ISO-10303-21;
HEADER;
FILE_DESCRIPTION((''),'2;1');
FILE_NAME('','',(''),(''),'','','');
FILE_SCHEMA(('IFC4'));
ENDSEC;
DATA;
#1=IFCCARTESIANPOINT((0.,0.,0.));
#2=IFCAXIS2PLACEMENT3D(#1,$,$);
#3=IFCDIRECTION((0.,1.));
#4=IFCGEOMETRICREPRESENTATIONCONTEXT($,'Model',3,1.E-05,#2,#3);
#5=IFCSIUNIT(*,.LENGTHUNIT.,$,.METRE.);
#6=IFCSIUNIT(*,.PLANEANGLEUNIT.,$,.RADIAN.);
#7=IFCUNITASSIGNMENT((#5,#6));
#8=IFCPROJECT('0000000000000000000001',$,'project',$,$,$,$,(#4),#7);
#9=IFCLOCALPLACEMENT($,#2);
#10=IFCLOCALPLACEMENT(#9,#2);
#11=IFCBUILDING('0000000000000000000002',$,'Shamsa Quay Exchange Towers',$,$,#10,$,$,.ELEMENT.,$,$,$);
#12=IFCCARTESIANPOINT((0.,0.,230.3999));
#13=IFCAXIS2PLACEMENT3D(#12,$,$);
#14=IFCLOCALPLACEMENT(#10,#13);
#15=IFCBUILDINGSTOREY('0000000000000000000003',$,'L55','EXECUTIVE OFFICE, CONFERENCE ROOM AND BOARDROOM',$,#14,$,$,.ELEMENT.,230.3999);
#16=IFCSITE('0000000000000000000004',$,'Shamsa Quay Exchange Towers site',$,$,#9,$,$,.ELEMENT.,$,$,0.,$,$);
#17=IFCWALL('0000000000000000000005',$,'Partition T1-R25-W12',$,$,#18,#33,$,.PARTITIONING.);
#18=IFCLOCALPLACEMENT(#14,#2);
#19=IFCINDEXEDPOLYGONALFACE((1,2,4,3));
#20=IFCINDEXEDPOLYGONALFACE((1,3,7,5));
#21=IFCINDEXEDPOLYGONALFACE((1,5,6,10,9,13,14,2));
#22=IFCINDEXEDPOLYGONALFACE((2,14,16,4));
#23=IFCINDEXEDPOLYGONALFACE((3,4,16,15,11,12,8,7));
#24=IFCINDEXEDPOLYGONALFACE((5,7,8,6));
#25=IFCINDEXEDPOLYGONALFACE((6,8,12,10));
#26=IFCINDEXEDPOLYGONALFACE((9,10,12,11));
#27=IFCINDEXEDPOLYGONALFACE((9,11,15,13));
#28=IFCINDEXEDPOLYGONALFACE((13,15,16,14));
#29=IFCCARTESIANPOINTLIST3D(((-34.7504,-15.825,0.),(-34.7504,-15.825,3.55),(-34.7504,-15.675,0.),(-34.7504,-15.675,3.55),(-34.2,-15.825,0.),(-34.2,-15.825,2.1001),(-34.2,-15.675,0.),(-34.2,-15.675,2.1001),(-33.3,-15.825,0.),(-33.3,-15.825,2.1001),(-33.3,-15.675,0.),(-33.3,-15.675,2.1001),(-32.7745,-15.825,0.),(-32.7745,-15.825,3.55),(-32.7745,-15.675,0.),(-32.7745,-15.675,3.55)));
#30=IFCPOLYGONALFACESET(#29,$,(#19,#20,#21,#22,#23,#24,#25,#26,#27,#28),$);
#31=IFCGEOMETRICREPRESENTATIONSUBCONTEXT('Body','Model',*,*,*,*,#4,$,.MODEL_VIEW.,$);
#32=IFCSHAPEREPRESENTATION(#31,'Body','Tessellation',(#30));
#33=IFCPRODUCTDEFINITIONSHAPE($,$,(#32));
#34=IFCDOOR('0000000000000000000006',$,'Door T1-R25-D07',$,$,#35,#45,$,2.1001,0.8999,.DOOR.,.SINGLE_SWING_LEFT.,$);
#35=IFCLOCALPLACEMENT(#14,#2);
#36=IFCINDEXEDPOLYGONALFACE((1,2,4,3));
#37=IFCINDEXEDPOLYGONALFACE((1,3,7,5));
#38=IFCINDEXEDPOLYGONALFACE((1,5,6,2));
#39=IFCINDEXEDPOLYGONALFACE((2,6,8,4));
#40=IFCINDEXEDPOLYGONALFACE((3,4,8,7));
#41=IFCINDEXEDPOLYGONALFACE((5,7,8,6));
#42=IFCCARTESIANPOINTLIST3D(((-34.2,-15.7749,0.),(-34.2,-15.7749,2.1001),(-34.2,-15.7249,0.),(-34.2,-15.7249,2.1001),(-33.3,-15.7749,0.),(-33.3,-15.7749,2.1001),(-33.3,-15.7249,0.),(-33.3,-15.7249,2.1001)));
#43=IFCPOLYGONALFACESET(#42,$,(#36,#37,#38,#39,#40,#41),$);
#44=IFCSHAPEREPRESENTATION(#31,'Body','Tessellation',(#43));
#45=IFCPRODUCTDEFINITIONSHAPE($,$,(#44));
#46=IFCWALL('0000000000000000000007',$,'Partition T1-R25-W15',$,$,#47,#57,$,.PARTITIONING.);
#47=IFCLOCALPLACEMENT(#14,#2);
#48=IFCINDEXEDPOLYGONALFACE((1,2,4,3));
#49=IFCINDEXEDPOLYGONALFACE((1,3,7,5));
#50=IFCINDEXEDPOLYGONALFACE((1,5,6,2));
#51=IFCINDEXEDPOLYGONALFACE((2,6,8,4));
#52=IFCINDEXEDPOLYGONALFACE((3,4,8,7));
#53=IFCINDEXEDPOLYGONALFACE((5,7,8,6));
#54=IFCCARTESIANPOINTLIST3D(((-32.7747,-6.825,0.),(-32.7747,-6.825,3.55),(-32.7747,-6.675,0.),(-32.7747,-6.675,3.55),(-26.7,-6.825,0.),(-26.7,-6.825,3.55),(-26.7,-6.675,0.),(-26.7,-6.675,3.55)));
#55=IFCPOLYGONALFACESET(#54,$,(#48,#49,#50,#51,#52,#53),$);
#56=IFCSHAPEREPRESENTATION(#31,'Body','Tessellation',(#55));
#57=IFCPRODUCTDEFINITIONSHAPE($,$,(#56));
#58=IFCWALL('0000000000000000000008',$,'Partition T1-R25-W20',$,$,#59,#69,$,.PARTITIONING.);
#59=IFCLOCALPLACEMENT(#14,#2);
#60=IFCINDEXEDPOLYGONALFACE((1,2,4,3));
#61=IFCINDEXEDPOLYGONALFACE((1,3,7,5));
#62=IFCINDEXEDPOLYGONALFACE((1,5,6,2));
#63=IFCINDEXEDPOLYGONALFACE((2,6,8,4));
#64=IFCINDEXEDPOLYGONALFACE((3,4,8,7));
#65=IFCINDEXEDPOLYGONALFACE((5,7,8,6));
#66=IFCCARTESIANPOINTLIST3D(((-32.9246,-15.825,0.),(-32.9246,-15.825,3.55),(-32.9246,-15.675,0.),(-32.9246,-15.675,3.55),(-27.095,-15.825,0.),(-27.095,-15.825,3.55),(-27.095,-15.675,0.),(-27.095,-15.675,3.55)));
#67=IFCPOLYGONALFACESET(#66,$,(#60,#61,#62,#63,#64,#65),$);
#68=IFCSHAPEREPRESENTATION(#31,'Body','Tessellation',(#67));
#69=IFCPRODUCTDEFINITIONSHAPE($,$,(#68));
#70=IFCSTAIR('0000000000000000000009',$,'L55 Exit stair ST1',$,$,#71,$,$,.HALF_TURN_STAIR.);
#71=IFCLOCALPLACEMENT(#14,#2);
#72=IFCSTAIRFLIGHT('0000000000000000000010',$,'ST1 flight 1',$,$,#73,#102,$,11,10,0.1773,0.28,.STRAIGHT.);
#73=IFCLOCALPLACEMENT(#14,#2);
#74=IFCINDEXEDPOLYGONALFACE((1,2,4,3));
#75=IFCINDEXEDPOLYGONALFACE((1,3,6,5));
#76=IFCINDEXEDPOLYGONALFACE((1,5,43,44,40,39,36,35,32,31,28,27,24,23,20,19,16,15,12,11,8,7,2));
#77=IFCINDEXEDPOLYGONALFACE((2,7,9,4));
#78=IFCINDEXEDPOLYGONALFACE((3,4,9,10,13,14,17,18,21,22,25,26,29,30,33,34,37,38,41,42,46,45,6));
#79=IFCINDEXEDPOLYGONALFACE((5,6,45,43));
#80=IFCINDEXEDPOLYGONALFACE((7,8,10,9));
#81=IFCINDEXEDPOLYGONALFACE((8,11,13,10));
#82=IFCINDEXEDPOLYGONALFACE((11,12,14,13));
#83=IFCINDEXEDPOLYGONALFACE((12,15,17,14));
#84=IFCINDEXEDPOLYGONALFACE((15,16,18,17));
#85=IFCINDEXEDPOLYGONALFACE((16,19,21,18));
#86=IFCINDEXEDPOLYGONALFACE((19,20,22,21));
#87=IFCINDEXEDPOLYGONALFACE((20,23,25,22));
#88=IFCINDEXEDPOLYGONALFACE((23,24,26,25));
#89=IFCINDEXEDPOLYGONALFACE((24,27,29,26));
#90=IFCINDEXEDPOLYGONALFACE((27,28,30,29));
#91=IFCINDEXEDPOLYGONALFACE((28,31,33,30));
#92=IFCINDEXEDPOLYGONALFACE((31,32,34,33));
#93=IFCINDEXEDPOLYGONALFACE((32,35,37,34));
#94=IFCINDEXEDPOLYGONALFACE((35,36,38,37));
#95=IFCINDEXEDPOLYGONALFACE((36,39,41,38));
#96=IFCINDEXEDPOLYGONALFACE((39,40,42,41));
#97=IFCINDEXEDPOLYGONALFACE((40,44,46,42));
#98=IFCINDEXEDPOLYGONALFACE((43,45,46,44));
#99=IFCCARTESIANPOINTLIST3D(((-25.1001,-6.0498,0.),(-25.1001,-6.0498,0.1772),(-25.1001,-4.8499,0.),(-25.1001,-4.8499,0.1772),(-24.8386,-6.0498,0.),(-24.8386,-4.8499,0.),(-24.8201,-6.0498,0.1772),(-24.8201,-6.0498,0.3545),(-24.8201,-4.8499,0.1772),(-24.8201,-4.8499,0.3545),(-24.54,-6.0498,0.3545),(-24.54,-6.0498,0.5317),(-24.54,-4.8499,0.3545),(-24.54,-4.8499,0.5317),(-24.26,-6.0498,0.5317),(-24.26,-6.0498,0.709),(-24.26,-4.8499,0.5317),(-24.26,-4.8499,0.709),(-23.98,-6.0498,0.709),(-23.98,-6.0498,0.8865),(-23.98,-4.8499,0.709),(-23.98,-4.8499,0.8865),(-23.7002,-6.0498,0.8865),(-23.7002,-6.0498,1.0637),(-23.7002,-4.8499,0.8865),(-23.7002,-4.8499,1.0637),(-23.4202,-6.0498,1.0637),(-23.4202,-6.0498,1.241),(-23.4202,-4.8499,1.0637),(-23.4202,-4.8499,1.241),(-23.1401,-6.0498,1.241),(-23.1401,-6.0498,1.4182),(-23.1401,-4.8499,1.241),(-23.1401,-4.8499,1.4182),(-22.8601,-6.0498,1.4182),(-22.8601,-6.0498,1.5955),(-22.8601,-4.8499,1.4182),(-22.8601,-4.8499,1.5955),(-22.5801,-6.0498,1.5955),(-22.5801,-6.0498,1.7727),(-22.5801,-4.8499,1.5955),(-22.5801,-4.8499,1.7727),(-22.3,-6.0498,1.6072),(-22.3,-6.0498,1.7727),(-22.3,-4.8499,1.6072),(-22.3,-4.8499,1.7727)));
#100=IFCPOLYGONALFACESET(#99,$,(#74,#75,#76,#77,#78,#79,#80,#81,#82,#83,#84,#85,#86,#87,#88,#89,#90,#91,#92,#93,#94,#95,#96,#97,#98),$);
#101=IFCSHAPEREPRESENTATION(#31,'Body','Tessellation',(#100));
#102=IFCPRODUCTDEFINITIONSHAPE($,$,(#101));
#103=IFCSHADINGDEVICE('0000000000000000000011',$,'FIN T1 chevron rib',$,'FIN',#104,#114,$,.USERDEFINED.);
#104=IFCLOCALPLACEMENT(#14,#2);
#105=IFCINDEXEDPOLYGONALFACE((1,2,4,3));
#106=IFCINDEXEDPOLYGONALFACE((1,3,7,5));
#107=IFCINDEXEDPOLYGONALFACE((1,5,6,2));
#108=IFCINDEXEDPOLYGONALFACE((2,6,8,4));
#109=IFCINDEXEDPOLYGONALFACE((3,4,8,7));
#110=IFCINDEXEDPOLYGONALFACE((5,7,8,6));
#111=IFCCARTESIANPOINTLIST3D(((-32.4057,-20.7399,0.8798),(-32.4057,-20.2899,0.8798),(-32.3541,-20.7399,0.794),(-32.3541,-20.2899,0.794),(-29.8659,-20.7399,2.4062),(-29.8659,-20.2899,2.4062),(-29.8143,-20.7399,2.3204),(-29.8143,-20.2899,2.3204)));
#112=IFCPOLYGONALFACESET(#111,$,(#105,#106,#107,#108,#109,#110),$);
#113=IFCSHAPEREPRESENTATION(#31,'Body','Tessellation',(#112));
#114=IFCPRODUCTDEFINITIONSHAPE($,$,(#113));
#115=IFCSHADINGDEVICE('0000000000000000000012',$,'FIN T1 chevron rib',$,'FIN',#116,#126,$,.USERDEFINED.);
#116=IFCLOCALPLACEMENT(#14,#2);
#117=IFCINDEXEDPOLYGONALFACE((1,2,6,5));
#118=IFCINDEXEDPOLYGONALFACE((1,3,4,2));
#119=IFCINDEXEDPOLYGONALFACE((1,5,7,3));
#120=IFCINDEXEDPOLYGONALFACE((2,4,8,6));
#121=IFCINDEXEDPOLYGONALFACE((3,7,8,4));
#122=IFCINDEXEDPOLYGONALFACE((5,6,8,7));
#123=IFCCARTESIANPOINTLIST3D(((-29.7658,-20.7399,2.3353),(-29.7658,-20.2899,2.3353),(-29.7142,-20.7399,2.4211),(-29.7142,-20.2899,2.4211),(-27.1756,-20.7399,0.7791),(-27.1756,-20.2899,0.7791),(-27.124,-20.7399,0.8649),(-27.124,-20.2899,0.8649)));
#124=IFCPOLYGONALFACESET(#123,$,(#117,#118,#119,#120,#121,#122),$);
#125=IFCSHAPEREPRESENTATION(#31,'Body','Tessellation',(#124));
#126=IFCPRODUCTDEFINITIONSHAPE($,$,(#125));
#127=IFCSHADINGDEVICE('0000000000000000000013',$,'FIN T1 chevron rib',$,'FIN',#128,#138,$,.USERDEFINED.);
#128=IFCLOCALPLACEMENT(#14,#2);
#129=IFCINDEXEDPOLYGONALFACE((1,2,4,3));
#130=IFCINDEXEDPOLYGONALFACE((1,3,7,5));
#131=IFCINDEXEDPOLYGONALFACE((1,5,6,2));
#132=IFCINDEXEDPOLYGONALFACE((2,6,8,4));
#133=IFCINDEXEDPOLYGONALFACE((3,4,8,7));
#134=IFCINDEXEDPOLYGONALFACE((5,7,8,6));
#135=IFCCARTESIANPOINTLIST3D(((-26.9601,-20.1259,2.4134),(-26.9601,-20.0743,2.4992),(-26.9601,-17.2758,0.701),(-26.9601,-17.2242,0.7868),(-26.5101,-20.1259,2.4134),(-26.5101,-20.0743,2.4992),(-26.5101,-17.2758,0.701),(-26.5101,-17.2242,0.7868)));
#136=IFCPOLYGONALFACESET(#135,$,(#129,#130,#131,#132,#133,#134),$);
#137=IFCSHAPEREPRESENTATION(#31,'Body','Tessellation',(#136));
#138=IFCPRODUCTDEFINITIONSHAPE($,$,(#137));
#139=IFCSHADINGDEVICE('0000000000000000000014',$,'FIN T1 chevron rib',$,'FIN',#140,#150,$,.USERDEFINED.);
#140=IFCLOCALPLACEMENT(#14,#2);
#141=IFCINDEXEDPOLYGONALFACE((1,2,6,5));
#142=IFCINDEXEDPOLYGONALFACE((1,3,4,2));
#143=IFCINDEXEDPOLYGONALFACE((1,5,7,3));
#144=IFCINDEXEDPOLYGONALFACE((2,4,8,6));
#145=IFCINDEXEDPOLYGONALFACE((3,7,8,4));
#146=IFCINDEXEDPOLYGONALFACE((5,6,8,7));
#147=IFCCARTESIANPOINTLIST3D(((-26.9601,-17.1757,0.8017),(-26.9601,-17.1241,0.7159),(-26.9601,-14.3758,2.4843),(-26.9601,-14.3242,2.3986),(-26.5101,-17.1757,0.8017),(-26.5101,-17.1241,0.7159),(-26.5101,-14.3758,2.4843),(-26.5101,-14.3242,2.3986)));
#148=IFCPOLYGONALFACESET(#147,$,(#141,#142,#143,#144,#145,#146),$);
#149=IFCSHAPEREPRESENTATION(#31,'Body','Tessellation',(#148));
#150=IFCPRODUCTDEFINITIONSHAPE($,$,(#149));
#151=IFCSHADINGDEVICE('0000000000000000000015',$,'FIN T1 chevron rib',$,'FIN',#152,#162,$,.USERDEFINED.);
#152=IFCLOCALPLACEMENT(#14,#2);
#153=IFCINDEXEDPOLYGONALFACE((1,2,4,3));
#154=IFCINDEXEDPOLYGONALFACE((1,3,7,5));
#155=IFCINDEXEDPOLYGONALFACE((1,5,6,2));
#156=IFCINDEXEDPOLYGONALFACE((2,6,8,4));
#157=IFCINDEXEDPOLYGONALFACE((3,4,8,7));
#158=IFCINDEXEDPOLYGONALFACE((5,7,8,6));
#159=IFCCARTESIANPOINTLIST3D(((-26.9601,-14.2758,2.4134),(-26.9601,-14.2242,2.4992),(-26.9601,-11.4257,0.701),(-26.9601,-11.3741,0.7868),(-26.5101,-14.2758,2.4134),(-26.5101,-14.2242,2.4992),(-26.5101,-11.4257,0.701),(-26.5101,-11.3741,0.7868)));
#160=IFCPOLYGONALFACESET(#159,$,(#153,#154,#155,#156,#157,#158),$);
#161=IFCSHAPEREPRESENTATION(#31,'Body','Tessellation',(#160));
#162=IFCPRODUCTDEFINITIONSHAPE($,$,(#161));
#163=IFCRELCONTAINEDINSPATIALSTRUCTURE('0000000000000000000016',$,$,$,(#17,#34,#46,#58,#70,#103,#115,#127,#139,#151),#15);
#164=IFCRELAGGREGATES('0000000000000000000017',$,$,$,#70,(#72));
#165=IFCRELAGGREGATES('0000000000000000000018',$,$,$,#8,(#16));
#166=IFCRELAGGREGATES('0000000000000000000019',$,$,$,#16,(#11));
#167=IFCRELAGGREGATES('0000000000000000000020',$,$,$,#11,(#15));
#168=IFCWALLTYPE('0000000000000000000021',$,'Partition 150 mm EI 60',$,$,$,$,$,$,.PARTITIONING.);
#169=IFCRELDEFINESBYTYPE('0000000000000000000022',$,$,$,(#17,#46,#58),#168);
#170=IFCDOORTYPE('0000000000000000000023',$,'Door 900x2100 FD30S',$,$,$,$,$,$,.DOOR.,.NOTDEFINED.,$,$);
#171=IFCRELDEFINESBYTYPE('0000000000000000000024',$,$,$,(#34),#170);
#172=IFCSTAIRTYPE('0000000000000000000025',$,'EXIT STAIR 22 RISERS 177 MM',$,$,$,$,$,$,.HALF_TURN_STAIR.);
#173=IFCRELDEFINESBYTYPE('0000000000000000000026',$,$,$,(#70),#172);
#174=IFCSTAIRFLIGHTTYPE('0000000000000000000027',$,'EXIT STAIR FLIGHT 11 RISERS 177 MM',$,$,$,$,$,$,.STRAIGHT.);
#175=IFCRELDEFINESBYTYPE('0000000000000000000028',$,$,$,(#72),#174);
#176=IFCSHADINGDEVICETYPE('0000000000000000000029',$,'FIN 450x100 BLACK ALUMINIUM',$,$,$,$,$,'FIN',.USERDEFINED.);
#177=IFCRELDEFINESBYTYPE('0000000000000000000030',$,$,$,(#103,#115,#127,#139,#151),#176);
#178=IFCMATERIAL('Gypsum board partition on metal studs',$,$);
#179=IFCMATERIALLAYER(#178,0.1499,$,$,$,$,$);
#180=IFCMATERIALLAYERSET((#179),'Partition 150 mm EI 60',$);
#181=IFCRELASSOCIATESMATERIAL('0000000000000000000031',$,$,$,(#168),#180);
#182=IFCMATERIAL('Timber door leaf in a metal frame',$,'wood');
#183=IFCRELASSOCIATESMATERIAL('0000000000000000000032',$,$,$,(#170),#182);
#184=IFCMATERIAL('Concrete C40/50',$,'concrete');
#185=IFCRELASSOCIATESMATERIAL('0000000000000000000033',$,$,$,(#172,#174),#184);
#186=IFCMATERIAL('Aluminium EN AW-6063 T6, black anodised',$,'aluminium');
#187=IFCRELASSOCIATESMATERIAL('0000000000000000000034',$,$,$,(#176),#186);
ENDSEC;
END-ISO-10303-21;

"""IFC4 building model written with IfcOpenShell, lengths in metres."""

from ifc_helpers import new_model, si_unit, direction, frame, frame_2d, origin, origin_2d, place, context, subcontext, project, spatial, polyline, rectangle, outline, extrude, material, layer, layer_set, material_profile, profile_set, type_object, element, fill, aggregate, save


model = new_model("IFC4")

# Units and contexts
model_context = context("Model", 3, precision=1e-05, world=origin(), true_north=direction((0.0, 1.0)))
body_context = subcontext(model_context, "Body", "Model", "MODEL_VIEW")
ifc_project = project(units=[si_unit("LENGTHUNIT", "METRE"), si_unit("PLANEANGLEUNIT", "RADIAN")], contexts=[model_context])

# Site, building, storey
site_placement = place(None, origin())
site = spatial("IfcSite", under=ifc_project, at=site_placement, Name="Shamsa Quay Exchange Towers site", CompositionType="ELEMENT", RefElevation=0.0)
building_placement = place(site_placement, origin())
building = spatial("IfcBuilding", under=site, at=building_placement, Name="Shamsa Quay Exchange Towers", CompositionType="ELEMENT")
storey_placement = place(building_placement, frame((0.0, 0.0, 230.3999)))
storey = spatial("IfcBuildingStorey", under=building, at=storey_placement, Name="L55", Description="EXECUTIVE OFFICE, CONFERENCE ROOM AND BOARDROOM", CompositionType="ELEMENT", Elevation=230.3999)

# Shared definitions
ifc_material_1 = material(Name="Aluminium EN AW-6063 T6, black anodised", Category="aluminium")

# Shared definitions
ifc_material_2 = material(Name="Timber door leaf in a metal frame", Category="wood")

# Wall, opening, door
ifc_material_3 = material(Name="Gypsum board partition on metal studs")
ifc_layer_1 = layer(ifc_material_3, 0.1499)
ifc_layer_set_1 = layer_set([ifc_layer_1], Name="Partition 150 mm EI 60")
wall_type_1 = type_object("IfcWallType", Name="Partition 150 mm EI 60", PredefinedType="PARTITIONING", material=ifc_layer_set_1)
wall_1_placement = place(storey_placement, frame((-32.7747, -15.75, 0.0), z_axis=(0.0, 0.0, 1.0), x_axis=(-1.0, 0.0, 0.0)))
wall_1 = element("IfcWall", 1, at=wall_1_placement, inside=storey, type_object=wall_type_1, Name="Partition T1-R25-W12", PredefinedType="PARTITIONING", context=body_context, shape_type="SweptSolid", body=[
    extrude(rectangle(XDim=1.9758, YDim=0.1499, at=frame_2d((0.9878, 0.0))), origin(), (0.0, 0.0, 1.0), 3.55),
])
opening_1_placement = place(wall_1_placement, frame((0.5254, 0.0, 0.0)))
opening_1 = element("IfcOpeningElement", 2, at=opening_1_placement, cuts=wall_1, PredefinedType="OPENING", context=body_context, shape_type="SweptSolid", body=[
    extrude(rectangle(XDim=0.8999, YDim=2.1001, at=frame_2d((0.45, 1.05))), frame((0.0, 0.085, 0.0), z_axis=(0.0, -1.0, 0.0), x_axis=(1.0, 0.0, 0.0)), (0.0, 0.0, 1.0), 0.1699),
])
door_type_1 = type_object("IfcDoorType", Name="Door 900x2100 FD30S", OperationType="NOTDEFINED", PredefinedType="DOOR", material=ifc_material_2)
door_1_placement = place(opening_1_placement, origin())
door_1 = element("IfcDoor", 3, at=door_1_placement, inside=storey, type_object=door_type_1, Name="Door T1-R25-D07", OperationType="SINGLE_SWING_LEFT", OverallHeight=2.1001, OverallWidth=0.8999, PredefinedType="DOOR", context=body_context, shape_type="SweptSolid", body=[
    extrude(rectangle(XDim=0.8999, YDim=2.1001, at=frame_2d((0.45, 1.05))), frame((0.0, 0.0249, 0.0), z_axis=(0.0, -1.0, 0.0), x_axis=(1.0, 0.0, 0.0)), (0.0, 0.0, 1.0), 0.05),
])
fill(opening_1, door_1)

# Walls
wall_2_placement = place(storey_placement, frame((-32.7747, -6.75, 0.0)))
element("IfcWall", 4, at=wall_2_placement, inside=storey, type_object=wall_type_1, Name="Partition T1-R25-W15", PredefinedType="PARTITIONING", context=body_context, shape_type="SweptSolid", body=[
    extrude(rectangle(XDim=6.0747, YDim=0.1499, at=frame_2d((3.0374, 0.0))), origin(), (0.0, 0.0, 1.0), 3.55),
])
wall_3_placement = place(storey_placement, frame((-32.9246, -15.75, 0.0)))
element("IfcWall", 5, at=wall_3_placement, inside=storey, type_object=wall_type_1, Name="Partition T1-R25-W20", PredefinedType="PARTITIONING", context=body_context, shape_type="SweptSolid", body=[
    extrude(rectangle(XDim=5.8296, YDim=0.1499, at=frame_2d((2.9148, 0.0))), origin(), (0.0, 0.0, 1.0), 3.55),
])

# Stair, stair flight
ifc_material_4 = material(Name="Concrete C40/50", Category="concrete")
stair_type = type_object("IfcStairType", Name="EXIT STAIR 22 RISERS 177 MM", PredefinedType="HALF_TURN_STAIR", material=ifc_material_4)
stair_placement = place(storey_placement, origin())
stair = element("IfcStair", 6, at=stair_placement, inside=storey, type_object=stair_type, Name="L55 Exit stair ST1", PredefinedType="HALF_TURN_STAIR")
stair_flight_type = type_object("IfcStairFlightType", Name="EXIT STAIR FLIGHT 11 RISERS 177 MM", PredefinedType="STRAIGHT", material=ifc_material_4)
stair_flight_placement = place(storey_placement, frame((-25.1001, -5.45, 0.0)))
stair_flight = element("IfcStairFlight", 7, at=stair_flight_placement, type_object=stair_flight_type, Name="ST1 flight 1", NumberOfRisers=11, NumberOfTreads=10, PredefinedType="STRAIGHT", RiserHeight=0.1773, TreadLength=0.28, context=body_context, shape_type="SweptSolid", body=[
    extrude(outline(polyline([(0.0, 0.0), (0.0, 0.1772), (0.28, 0.1772), (0.28, 0.3545), (0.5601, 0.3545), (0.5601, 0.5317), (0.8401, 0.5317), (0.8401, 0.709), (1.1201, 0.709), (1.1201, 0.8865), (1.3999, 0.8865), (1.3999, 1.0637), (1.6799, 1.0637), (1.6799, 1.241), (1.96, 1.241), (1.96, 1.4182), (2.24, 1.4182), (2.24, 1.5955), (2.52, 1.5955), (2.52, 1.7727), (2.8, 1.7727), (2.8, 1.95), (2.8, 1.6072), (0.2615, 0.0), (0.0, 0.0)])), frame((0.0, 0.6001, 0.0), z_axis=(0.0, -1.0, 0.0), x_axis=(1.0, 0.0, 0.0)), (0.0, 0.0, 1.0), 1.2),
])
aggregate(stair, [stair_flight])

# Shading devices
ifc_material_profile_1 = material_profile(ifc_material_1, rectangle(XDim=0.45, YDim=0.1001, at=origin_2d()), Name="FIN450x100")
ifc_profile_set_1 = profile_set([ifc_material_profile_1], Name="Aluminium EN AW-6063 T6, black anodised")
shading_device_type = type_object("IfcShadingDeviceType", Name="FIN 450x100 BLACK ALUMINIUM", ElementType="FIN", PredefinedType="USERDEFINED", material=ifc_profile_set_1)
shading_device_1_placement = place(storey_placement, frame((-32.3799, -20.5149, 0.8369), z_axis=(0.857122, 0.0, 0.515114), x_axis=(0.0, 1.0, 0.0)))
element("IfcShadingDevice", 8, at=shading_device_1_placement, inside=storey, type_object=shading_device_type, Name="FIN T1 chevron rib", ObjectType="FIN", PredefinedType="USERDEFINED", context=body_context, shape_type="SweptSolid", body=[
    extrude(rectangle(XDim=0.45, YDim=0.1001, at=origin_2d()), origin(), (0.0, 0.0, 1.0), 2.9631),
])
shading_device_2_placement = place(storey_placement, frame((-29.74, -20.5149, 2.3782), z_axis=(0.857186, 0.0, -0.515007), x_axis=(0.0, 1.0, 0.0)))
element("IfcShadingDevice", 9, at=shading_device_2_placement, inside=storey, type_object=shading_device_type, Name="FIN T1 chevron rib", ObjectType="FIN", PredefinedType="USERDEFINED", context=body_context, shape_type="SweptSolid", body=[
    extrude(rectangle(XDim=0.45, YDim=0.1001, at=origin_2d()), origin(), (0.0, 0.0, 1.0), 3.0217),
])
shading_device_3_placement = place(storey_placement, frame((-26.7351, -20.1001, 2.4563), z_axis=(0.0, 0.857182, -0.515014), x_axis=(-1.0, 0.0, 0.0)))
element("IfcShadingDevice", 10, at=shading_device_3_placement, inside=storey, type_object=shading_device_type, Name="FIN T1 chevron rib", ObjectType="FIN", PredefinedType="USERDEFINED", context=body_context, shape_type="SweptSolid", body=[
    extrude(rectangle(XDim=0.45, YDim=0.1001, at=origin_2d()), origin(), (0.0, 0.0, 1.0), 3.325),
])
shading_device_4_placement = place(storey_placement, frame((-26.7351, -17.1499, 0.7588), z_axis=(0.0, 0.857123, 0.515111), x_axis=(-1.0, 0.0, 0.0)))
element("IfcShadingDevice", 11, at=shading_device_4_placement, inside=storey, type_object=shading_device_type, Name="FIN T1 chevron rib", ObjectType="FIN", PredefinedType="USERDEFINED", context=body_context, shape_type="SweptSolid", body=[
    extrude(rectangle(XDim=0.45, YDim=0.1001, at=origin_2d()), origin(), (0.0, 0.0, 1.0), 3.2666),
])
shading_device_5_placement = place(storey_placement, frame((-26.7351, -14.25, 2.4563), z_axis=(0.0, 0.857182, -0.515014), x_axis=(-1.0, 0.0, 0.0)))
element("IfcShadingDevice", 12, at=shading_device_5_placement, inside=storey, type_object=shading_device_type, Name="FIN T1 chevron rib", ObjectType="FIN", PredefinedType="USERDEFINED", context=body_context, shape_type="SweptSolid", body=[
    extrude(rectangle(XDim=0.45, YDim=0.1001, at=origin_2d()), origin(), (0.0, 0.0, 1.0), 3.325),
])

save(model, "model.ifc")
